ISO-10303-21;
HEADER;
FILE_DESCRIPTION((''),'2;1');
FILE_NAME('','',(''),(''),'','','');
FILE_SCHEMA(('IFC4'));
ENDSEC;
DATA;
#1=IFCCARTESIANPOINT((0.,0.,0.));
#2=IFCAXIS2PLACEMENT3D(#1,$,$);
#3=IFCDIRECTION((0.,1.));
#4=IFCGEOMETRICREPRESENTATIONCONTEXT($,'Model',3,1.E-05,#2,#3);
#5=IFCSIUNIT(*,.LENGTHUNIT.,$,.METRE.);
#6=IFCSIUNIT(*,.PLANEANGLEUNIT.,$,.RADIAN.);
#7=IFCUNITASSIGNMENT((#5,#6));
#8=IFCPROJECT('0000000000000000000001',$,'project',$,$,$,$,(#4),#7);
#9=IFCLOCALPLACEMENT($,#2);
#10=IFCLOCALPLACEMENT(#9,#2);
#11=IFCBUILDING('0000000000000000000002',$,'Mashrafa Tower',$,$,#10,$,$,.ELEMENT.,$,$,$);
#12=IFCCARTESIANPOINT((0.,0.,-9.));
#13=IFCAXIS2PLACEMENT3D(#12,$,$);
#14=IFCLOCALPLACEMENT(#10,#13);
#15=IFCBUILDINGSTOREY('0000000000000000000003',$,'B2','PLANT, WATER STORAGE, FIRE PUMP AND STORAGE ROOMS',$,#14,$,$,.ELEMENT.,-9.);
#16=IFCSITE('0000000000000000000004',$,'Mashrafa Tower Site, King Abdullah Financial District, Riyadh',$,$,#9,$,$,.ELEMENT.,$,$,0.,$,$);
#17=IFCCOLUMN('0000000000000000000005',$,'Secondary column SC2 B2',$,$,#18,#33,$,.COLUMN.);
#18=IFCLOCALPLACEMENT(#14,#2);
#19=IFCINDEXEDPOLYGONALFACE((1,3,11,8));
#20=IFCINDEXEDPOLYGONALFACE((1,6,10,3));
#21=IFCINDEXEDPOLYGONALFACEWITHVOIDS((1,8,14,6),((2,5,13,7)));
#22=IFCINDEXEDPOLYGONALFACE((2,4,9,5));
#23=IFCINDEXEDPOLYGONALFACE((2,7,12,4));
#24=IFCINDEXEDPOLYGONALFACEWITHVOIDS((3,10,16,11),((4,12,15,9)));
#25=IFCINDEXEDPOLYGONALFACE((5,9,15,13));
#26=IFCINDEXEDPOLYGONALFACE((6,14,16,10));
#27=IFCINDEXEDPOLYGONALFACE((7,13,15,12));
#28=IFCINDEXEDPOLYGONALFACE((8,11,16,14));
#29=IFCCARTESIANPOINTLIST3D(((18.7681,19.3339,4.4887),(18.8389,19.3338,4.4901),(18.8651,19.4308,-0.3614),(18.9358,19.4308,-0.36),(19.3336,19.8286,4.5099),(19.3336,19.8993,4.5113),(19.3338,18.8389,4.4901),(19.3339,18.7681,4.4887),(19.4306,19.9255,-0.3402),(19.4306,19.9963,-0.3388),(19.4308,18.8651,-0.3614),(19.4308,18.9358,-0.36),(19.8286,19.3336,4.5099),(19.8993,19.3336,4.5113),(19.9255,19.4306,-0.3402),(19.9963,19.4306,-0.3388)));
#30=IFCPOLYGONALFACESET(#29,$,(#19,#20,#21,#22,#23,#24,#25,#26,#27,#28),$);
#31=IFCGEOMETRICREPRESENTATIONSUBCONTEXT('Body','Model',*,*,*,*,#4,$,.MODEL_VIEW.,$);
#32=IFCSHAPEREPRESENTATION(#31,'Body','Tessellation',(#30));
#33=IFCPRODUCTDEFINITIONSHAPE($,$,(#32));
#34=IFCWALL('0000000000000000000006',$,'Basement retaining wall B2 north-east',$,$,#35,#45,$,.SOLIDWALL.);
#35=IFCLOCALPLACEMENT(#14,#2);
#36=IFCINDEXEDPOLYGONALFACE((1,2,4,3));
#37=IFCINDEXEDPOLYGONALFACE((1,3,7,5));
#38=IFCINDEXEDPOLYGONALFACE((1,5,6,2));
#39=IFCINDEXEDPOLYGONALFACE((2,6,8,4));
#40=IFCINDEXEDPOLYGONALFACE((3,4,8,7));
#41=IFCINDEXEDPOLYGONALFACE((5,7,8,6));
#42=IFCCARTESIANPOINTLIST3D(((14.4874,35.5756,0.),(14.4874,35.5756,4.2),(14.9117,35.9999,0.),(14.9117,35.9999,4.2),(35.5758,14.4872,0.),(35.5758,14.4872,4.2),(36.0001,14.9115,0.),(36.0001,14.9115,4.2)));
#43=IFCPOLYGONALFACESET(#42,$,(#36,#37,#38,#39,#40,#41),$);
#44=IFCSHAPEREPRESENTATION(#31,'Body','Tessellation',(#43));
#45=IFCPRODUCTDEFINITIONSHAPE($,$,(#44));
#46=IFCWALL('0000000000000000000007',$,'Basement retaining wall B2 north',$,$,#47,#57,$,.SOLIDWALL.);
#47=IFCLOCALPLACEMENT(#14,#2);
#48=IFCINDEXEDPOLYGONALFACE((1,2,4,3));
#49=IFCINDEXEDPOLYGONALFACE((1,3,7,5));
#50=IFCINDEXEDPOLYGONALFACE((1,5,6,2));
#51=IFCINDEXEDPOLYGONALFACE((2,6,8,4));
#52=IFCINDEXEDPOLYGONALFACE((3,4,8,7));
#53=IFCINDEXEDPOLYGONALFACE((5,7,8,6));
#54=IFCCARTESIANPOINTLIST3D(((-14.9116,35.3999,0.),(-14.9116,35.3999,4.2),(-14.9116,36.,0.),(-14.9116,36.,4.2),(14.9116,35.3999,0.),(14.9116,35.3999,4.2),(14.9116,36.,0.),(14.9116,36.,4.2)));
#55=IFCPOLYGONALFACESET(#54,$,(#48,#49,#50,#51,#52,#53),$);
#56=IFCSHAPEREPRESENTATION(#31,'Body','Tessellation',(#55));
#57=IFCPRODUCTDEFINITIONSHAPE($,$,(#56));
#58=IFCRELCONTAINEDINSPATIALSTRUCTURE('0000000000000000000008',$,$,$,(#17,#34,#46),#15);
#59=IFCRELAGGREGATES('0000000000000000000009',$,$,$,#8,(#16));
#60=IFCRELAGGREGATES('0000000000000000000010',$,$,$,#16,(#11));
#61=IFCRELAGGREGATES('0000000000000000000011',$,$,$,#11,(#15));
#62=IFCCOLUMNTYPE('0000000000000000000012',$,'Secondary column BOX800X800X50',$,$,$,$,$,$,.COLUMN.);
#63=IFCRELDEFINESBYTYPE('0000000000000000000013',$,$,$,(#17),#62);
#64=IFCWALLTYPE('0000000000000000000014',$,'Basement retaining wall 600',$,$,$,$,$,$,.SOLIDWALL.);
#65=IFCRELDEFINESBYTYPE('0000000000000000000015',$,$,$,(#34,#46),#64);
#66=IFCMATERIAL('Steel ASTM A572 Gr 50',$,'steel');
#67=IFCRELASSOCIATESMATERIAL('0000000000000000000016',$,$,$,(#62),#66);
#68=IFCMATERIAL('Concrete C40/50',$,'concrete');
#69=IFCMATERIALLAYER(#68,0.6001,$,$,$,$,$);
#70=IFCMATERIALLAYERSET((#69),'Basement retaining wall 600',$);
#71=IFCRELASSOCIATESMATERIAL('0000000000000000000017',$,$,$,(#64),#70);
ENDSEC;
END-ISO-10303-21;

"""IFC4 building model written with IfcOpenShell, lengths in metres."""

from ifc_helpers import new_model, si_unit, direction, frame, frame_2d, origin, origin_2d, place, context, subcontext, project, spatial, rectangle, hollow_rectangle, extrude, material, layer, layer_set, material_profile, profile_set, type_object, element, save


model = new_model("IFC4")

# Units and contexts
model_context = context("Model", 3, precision=1e-05, world=origin(), true_north=direction((0.0, 1.0)))
body_context = subcontext(model_context, "Body", "Model", "MODEL_VIEW")
ifc_project = project(units=[si_unit("LENGTHUNIT", "METRE"), si_unit("PLANEANGLEUNIT", "RADIAN")], contexts=[model_context])

# Site, building, storey
site_placement = place(None, origin())
site = spatial("IfcSite", under=ifc_project, at=site_placement, Name="Mashrafa Tower Site, King Abdullah Financial District, Riyadh", CompositionType="ELEMENT", RefElevation=0.0)
building_placement = place(site_placement, origin())
building = spatial("IfcBuilding", under=site, at=building_placement, Name="Mashrafa Tower", CompositionType="ELEMENT")
storey_placement = place(building_placement, frame((0.0, 0.0, -9.0)))
storey = spatial("IfcBuildingStorey", under=building, at=storey_placement, Name="B2", Description="PLANT, WATER STORAGE, FIRE PUMP AND STORAGE ROOMS", CompositionType="ELEMENT", Elevation=-9.0)

# Column
ifc_material_1 = material(Name="Steel ASTM A572 Gr 50", Category="steel")
ifc_material_profile_1 = material_profile(ifc_material_1, hollow_rectangle(XDim=0.8, YDim=0.8, WallThickness=0.05, at=origin_2d()), Name="BOX800X800X50")
ifc_profile_set_1 = profile_set([ifc_material_profile_1], Name="Steel ASTM A572 Gr 50")
column_type_1 = type_object("IfcColumnType", Name="Secondary column BOX800X800X50", PredefinedType="COLUMN", material=ifc_profile_set_1)
column_placement = place(storey_placement, frame((19.4307, 19.4307, -0.3501), z_axis=(-0.019976, -0.019976, 0.999601), x_axis=(0.707107, -0.707107, 0.0)))
element("IfcColumn", 1, at=column_placement, inside=storey, type_object=column_type_1, Name="Secondary column SC2 B2", PredefinedType="COLUMN", context=body_context, shape_type="SweptSolid", body=[
    extrude(hollow_rectangle(XDim=0.8, YDim=0.8, WallThickness=0.05, at=origin_2d()), origin(), (0.0, 0.0, 1.0), 4.8521),
])

# Walls
ifc_material_2 = material(Name="Concrete C40/50", Category="concrete")
ifc_layer = layer(ifc_material_2, 0.6001)
ifc_layer_set = layer_set([ifc_layer], Name="Basement retaining wall 600")
wall_type = type_object("IfcWallType", Name="Basement retaining wall 600", PredefinedType="SOLIDWALL", material=ifc_layer_set)
wall_1_placement = place(storey_placement, frame((35.7878, 14.6995, 0.0), z_axis=(0.0, 0.0, 1.0), x_axis=(-0.707107, 0.707107, 0.0)))
element("IfcWall", 2, at=wall_1_placement, inside=storey, type_object=wall_type, Name="Basement retaining wall B2 north-east", PredefinedType="SOLIDWALL", context=body_context, shape_type="SweptSolid", body=[
    extrude(rectangle(XDim=29.8235, YDim=0.6001, at=frame_2d((14.9116, 0.0))), origin(), (0.0, 0.0, 1.0), 4.2),
])
wall_2_placement = place(storey_placement, frame((14.9116, 35.7, 0.0), z_axis=(0.0, 0.0, 1.0), x_axis=(-1.0, 0.0, 0.0)))
element("IfcWall", 3, at=wall_2_placement, inside=storey, type_object=wall_type, Name="Basement retaining wall B2 north", PredefinedType="SOLIDWALL", context=body_context, shape_type="SweptSolid", body=[
    extrude(rectangle(XDim=29.8232, YDim=0.6001, at=frame_2d((14.9116, 0.0))), origin(), (0.0, 0.0, 1.0), 4.2),
])

save(model, "model.ifc")
